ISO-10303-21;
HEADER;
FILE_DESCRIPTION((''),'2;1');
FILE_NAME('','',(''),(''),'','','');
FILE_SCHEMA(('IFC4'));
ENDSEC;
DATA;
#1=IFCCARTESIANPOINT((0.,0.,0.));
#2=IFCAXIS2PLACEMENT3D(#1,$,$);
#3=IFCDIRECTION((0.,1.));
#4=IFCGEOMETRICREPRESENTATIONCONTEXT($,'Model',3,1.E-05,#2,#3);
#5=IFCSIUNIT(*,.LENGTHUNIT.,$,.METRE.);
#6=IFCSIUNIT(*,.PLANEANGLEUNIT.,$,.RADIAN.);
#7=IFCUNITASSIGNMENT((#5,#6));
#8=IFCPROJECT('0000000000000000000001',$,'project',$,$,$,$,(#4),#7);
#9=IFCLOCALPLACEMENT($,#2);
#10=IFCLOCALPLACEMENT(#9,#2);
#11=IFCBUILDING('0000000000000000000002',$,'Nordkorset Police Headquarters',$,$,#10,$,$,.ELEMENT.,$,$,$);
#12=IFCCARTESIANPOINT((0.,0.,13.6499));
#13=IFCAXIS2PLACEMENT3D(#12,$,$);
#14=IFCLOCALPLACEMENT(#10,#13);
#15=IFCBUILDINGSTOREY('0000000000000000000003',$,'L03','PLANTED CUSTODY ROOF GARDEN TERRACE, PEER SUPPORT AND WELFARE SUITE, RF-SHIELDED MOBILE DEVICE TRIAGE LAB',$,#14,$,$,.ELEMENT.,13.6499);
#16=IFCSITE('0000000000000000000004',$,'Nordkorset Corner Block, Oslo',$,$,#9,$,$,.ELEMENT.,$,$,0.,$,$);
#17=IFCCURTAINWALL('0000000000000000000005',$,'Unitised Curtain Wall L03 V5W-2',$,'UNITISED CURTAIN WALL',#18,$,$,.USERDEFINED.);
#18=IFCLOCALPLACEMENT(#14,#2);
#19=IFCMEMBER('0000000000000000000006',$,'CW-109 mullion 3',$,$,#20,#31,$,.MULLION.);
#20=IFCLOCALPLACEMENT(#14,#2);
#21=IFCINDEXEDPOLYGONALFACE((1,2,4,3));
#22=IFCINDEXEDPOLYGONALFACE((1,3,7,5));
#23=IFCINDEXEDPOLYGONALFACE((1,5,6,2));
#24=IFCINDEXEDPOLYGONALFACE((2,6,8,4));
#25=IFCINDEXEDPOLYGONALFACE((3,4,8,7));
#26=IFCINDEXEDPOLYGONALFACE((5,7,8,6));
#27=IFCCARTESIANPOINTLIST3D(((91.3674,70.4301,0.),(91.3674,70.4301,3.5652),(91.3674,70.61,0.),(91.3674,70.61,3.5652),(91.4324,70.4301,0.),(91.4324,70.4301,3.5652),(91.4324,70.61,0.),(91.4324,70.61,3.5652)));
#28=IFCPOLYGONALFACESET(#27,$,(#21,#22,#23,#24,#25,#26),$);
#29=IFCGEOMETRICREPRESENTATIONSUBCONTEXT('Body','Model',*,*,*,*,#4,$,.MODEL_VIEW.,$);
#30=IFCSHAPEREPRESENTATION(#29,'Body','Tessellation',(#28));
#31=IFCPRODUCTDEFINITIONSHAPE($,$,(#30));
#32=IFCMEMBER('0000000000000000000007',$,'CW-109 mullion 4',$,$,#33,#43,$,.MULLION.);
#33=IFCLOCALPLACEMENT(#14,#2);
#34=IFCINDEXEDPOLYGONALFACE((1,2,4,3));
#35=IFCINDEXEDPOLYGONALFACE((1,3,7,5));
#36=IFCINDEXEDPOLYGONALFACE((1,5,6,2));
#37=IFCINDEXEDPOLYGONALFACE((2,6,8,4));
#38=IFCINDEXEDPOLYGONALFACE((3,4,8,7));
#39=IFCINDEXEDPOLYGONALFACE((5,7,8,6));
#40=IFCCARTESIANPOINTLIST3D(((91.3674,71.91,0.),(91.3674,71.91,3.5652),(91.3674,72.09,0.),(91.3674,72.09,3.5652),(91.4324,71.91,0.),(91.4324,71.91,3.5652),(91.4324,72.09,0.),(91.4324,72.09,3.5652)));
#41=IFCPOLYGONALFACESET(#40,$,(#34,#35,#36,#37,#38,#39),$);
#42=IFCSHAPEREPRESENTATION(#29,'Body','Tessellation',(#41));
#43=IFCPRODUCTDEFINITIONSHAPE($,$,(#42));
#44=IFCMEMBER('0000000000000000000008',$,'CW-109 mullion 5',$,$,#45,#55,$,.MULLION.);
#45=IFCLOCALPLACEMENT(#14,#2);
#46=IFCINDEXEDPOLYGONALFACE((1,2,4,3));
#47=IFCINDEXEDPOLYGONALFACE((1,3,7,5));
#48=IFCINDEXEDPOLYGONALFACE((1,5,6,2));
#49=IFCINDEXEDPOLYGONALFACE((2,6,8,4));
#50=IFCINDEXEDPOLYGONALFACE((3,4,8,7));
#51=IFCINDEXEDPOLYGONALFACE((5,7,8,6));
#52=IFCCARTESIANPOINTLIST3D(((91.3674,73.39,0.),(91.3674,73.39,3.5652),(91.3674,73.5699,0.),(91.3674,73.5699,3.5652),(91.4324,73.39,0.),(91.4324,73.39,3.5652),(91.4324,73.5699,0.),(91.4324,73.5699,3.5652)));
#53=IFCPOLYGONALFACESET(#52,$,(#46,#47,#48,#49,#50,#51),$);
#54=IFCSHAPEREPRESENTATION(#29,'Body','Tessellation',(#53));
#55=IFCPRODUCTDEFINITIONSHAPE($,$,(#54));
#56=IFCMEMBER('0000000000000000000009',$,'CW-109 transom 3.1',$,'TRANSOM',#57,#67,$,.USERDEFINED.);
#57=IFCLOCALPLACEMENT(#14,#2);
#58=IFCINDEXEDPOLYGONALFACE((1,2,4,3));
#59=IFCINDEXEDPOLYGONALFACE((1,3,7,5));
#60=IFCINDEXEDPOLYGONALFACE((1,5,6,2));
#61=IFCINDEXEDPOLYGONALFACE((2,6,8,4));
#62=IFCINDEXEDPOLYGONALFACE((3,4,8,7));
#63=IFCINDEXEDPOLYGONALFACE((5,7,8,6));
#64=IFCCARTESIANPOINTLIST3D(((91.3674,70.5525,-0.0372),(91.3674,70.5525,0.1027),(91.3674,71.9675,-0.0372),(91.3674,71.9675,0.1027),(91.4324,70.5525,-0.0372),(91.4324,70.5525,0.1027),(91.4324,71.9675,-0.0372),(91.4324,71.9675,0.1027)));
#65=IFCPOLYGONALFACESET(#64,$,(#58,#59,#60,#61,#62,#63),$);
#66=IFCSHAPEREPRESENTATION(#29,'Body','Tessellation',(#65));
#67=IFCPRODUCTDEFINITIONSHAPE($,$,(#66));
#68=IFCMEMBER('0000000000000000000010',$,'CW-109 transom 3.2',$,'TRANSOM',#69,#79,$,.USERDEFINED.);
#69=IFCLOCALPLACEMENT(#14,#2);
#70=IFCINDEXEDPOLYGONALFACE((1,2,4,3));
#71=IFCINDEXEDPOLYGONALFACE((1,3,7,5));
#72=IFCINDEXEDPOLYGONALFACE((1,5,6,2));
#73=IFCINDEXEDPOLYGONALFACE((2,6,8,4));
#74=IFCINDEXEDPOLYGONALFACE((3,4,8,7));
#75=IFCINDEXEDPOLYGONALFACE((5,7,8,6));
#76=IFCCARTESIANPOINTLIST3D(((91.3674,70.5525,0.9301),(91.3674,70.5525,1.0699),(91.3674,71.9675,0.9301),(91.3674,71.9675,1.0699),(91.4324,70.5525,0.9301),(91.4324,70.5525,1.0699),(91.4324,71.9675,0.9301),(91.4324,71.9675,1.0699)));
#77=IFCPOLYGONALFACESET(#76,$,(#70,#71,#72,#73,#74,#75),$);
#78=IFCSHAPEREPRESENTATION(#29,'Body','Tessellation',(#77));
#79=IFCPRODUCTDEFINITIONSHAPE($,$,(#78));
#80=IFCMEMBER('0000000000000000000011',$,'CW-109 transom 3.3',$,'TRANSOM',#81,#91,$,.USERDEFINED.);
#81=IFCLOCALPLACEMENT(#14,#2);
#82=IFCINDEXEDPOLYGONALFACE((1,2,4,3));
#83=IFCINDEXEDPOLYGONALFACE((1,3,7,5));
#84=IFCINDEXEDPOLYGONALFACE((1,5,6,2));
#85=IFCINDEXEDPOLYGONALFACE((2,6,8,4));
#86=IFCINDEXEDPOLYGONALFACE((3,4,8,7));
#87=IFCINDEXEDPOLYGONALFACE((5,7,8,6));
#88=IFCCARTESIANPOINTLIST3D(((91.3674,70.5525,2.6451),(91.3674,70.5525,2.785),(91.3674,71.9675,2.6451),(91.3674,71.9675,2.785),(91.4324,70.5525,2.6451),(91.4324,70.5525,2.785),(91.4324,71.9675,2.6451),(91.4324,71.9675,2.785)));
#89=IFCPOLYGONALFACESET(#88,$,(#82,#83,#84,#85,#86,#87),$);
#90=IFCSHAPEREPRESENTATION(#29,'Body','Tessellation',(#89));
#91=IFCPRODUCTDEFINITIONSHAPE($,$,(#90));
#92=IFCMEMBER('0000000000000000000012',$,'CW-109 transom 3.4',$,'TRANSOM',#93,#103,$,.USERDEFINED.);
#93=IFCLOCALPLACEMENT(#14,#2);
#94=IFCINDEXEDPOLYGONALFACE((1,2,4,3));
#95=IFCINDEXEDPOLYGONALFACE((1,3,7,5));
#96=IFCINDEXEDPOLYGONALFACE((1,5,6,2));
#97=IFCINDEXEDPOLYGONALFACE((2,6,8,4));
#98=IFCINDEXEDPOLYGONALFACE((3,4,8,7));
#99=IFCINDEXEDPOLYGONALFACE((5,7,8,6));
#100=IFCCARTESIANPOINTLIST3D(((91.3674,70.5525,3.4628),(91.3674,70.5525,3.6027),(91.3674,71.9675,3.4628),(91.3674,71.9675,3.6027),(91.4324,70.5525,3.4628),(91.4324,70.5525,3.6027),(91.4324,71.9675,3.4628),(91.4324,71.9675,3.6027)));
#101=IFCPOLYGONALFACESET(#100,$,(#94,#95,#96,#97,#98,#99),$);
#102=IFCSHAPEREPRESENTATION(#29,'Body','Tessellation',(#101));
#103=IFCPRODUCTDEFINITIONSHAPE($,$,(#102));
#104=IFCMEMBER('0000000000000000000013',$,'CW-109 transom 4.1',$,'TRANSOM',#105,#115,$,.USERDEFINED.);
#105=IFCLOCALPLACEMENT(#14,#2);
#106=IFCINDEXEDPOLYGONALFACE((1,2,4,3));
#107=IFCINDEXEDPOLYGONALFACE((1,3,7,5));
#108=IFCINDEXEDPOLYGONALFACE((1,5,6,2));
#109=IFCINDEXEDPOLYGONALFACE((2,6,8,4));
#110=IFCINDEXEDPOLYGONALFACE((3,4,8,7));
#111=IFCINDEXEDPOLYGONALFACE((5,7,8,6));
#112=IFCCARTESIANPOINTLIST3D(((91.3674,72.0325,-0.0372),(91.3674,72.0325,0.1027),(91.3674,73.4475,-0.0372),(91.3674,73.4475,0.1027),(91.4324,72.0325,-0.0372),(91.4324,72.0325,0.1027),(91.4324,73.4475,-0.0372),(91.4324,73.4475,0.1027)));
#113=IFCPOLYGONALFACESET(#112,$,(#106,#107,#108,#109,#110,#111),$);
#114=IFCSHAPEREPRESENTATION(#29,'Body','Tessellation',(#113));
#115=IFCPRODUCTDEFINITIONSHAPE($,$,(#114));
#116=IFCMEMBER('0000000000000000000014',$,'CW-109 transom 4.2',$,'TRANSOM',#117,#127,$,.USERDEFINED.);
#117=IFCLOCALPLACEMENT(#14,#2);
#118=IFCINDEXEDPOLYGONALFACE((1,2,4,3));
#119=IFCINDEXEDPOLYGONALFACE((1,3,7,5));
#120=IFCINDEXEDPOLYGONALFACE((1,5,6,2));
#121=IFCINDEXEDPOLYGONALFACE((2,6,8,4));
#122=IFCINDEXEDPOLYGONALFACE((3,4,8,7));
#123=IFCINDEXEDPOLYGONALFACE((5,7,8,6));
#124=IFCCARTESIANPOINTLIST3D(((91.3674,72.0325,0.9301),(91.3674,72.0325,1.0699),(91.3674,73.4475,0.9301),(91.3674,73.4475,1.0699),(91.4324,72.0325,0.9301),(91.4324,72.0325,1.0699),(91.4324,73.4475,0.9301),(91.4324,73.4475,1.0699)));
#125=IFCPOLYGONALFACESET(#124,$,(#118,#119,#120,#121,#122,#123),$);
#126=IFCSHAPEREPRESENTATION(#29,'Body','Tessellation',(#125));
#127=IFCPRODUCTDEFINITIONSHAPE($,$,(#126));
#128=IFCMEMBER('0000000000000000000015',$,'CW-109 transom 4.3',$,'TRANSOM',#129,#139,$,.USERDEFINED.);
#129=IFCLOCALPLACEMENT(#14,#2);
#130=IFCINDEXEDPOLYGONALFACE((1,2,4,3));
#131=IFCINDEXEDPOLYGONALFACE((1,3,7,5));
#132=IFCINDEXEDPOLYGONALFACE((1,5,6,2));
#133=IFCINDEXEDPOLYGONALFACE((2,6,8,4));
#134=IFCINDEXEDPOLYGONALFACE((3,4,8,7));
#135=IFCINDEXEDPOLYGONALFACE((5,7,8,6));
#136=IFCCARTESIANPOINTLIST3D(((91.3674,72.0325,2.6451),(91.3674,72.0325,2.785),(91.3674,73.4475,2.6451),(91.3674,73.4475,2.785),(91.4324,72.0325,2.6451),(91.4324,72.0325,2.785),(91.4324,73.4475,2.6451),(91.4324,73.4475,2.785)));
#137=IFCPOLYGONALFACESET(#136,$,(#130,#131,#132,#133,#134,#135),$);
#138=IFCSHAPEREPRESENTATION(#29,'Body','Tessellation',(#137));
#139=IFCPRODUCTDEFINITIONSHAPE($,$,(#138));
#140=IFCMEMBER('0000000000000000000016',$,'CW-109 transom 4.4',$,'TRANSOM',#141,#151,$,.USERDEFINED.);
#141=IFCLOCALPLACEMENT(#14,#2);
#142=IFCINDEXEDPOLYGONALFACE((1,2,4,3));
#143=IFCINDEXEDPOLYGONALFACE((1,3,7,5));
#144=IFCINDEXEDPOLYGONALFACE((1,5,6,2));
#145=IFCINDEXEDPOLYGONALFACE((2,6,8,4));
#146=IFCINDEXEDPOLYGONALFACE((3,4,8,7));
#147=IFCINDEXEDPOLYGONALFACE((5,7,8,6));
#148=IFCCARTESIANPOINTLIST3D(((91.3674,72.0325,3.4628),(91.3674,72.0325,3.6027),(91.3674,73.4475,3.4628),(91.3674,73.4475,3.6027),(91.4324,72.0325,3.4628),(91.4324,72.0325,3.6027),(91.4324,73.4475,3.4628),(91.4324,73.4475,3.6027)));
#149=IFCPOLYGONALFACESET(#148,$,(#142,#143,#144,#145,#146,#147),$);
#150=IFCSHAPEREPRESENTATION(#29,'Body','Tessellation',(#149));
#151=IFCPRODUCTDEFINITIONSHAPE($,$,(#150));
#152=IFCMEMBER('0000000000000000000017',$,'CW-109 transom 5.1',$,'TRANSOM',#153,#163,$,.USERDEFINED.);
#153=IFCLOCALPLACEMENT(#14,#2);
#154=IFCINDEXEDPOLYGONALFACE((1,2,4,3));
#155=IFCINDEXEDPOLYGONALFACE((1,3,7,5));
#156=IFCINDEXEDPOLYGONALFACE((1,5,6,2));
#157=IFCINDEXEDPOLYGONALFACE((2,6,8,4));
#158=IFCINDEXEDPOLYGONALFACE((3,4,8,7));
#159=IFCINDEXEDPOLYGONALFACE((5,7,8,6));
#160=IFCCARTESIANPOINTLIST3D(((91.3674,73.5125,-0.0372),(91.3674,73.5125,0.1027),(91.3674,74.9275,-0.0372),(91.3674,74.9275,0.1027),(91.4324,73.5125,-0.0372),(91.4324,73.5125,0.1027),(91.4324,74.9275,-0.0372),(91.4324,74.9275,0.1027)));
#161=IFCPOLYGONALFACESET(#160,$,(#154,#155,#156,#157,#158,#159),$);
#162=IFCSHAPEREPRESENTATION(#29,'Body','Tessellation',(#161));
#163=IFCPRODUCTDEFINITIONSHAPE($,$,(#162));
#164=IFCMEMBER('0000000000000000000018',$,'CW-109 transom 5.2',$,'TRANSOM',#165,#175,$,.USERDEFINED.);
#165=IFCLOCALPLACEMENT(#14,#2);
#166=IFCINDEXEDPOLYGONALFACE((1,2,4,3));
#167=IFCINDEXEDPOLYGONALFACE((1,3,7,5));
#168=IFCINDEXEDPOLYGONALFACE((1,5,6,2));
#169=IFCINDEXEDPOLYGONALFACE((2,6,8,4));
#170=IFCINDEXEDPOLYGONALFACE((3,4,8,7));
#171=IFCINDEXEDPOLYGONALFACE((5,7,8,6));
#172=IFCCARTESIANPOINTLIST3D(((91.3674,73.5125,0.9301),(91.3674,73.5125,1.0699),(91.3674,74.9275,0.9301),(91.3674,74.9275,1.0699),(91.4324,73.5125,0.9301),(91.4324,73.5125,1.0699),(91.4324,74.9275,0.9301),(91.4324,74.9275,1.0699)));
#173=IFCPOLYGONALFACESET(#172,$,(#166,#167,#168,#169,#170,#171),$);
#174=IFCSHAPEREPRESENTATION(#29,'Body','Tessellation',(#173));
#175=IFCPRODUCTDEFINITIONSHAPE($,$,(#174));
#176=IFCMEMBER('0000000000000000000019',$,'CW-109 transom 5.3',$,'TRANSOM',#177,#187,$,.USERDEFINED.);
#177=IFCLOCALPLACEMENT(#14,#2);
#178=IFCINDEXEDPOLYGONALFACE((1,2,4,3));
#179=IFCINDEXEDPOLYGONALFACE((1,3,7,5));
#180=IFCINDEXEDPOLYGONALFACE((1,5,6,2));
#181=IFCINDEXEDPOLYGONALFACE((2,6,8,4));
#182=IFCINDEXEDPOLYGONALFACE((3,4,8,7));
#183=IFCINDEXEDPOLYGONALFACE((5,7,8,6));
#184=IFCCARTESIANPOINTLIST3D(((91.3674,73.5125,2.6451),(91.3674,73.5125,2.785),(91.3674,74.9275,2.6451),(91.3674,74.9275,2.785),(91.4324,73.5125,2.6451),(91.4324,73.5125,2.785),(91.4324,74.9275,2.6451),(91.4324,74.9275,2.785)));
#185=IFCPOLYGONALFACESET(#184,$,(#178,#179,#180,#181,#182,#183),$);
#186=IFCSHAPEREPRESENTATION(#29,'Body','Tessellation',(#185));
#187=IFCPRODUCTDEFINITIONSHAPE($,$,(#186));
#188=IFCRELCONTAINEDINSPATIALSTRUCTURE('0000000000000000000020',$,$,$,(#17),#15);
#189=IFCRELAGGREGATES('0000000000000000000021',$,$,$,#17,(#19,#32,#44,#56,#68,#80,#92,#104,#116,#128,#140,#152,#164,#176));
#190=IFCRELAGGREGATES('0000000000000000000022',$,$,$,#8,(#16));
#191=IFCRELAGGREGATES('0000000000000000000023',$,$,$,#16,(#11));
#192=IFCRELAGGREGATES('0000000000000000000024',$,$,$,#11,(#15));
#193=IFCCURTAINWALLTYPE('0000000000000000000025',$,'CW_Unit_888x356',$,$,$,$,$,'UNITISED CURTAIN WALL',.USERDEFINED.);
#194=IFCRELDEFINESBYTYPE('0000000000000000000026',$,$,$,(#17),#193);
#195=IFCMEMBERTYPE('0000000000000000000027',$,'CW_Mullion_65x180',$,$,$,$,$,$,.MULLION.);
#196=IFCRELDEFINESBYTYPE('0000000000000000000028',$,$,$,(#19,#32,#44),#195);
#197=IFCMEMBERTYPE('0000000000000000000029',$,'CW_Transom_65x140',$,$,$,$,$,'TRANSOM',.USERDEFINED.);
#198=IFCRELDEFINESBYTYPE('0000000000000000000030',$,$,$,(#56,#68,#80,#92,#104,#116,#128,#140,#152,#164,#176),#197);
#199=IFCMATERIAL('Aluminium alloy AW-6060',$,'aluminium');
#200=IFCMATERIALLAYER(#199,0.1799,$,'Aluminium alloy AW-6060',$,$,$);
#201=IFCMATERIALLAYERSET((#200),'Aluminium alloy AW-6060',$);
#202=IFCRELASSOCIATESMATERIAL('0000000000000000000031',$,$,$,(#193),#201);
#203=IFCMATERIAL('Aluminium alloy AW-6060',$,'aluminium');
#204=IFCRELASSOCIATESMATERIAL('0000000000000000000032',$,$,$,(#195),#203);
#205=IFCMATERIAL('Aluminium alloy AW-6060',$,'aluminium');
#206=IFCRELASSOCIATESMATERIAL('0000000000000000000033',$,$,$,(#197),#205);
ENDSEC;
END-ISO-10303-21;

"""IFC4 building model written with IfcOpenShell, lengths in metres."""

from ifc_helpers import new_model, si_unit, direction, frame, origin, origin_2d, place, context, subcontext, project, spatial, rectangle, extrude, material, layer, layer_set, material_profile, profile_set, type_object, element, aggregate, save


model = new_model("IFC4")

# Units and contexts
model_context = context("Model", 3, precision=1e-05, world=origin(), true_north=direction((0.0, 1.0)))
body_context = subcontext(model_context, "Body", "Model", "MODEL_VIEW")
ifc_project = project(units=[si_unit("LENGTHUNIT", "METRE"), si_unit("PLANEANGLEUNIT", "RADIAN")], contexts=[model_context])

# Site, building, storey
site_placement = place(None, origin())
site = spatial("IfcSite", under=ifc_project, at=site_placement, Name="Nordkorset Corner Block, Oslo", CompositionType="ELEMENT", RefElevation=0.0)
building_placement = place(site_placement, origin())
building = spatial("IfcBuilding", under=site, at=building_placement, Name="Nordkorset Police Headquarters", CompositionType="ELEMENT")
storey_placement = place(building_placement, frame((0.0, 0.0, 13.6499)))
storey = spatial("IfcBuildingStorey", under=building, at=storey_placement, Name="L03", Description="PLANTED CUSTODY ROOF GARDEN TERRACE, PEER SUPPORT AND WELFARE SUITE, RF-SHIELDED MOBILE DEVICE TRIAGE LAB", CompositionType="ELEMENT", Elevation=13.6499)

# Curtain wall, members
ifc_material_1 = material(Name="Aluminium alloy AW-6060", Category="aluminium")
ifc_layer_1 = layer(ifc_material_1, 0.1799, Name="Aluminium alloy AW-6060")
ifc_layer_set_1 = layer_set([ifc_layer_1], Name="Aluminium alloy AW-6060")
curtain_wall_type = type_object("IfcCurtainWallType", Name="CW_Unit_888x356", ElementType="UNITISED CURTAIN WALL", PredefinedType="USERDEFINED", material=ifc_layer_set_1)
curtain_wall_placement = place(storey_placement, origin())
curtain_wall = element("IfcCurtainWall", 1, at=curtain_wall_placement, inside=storey, type_object=curtain_wall_type, Name="Unitised Curtain Wall L03 V5W-2", ObjectType="UNITISED CURTAIN WALL", PredefinedType="USERDEFINED")
ifc_material_2 = material(Name="Aluminium alloy AW-6060", Category="aluminium")
ifc_material_profile_1 = material_profile(ifc_material_2, rectangle(XDim=0.0649, YDim=0.1799, at=origin_2d()), Name="ALU MULL 65x180")
ifc_profile_set_1 = profile_set([ifc_material_profile_1], Name="Aluminium alloy AW-6060")
member_type_1 = type_object("IfcMemberType", Name="CW_Mullion_65x180", PredefinedType="MULLION", material=ifc_profile_set_1)
member_1_placement = place(storey_placement, frame((91.3999, 70.52, 0.0), z_axis=(0.0, 0.0, 1.0), x_axis=(-1.0, 0.0, 0.0)))
member_1 = element("IfcMember", 2, at=member_1_placement, type_object=member_type_1, Name="CW-109 mullion 3", PredefinedType="MULLION", context=body_context, shape_type="SweptSolid", body=[
    extrude(rectangle(XDim=0.0649, YDim=0.1799, at=origin_2d()), origin(), (0.0, 0.0, 1.0), 3.5652),
])
member_2_placement = place(storey_placement, frame((91.3999, 72.0, 0.0), z_axis=(0.0, 0.0, 1.0), x_axis=(-1.0, 0.0, 0.0)))
member_2 = element("IfcMember", 3, at=member_2_placement, type_object=member_type_1, Name="CW-109 mullion 4", PredefinedType="MULLION", context=body_context, shape_type="SweptSolid", body=[
    extrude(rectangle(XDim=0.0649, YDim=0.1799, at=origin_2d()), origin(), (0.0, 0.0, 1.0), 3.5652),
])
member_3_placement = place(storey_placement, frame((91.3999, 73.48, 0.0), z_axis=(0.0, 0.0, 1.0), x_axis=(-1.0, 0.0, 0.0)))
member_3 = element("IfcMember", 4, at=member_3_placement, type_object=member_type_1, Name="CW-109 mullion 5", PredefinedType="MULLION", context=body_context, shape_type="SweptSolid", body=[
    extrude(rectangle(XDim=0.0649, YDim=0.1799, at=origin_2d()), origin(), (0.0, 0.0, 1.0), 3.5652),
])
ifc_material_3 = material(Name="Aluminium alloy AW-6060", Category="aluminium")
ifc_material_profile_2 = material_profile(ifc_material_3, rectangle(XDim=0.0649, YDim=0.1399, at=origin_2d()), Name="ALU TRAN 65x140")
ifc_profile_set_2 = profile_set([ifc_material_profile_2], Name="Aluminium alloy AW-6060")
member_type_2 = type_object("IfcMemberType", Name="CW_Transom_65x140", ElementType="TRANSOM", PredefinedType="USERDEFINED", material=ifc_profile_set_2)
member_4_placement = place(storey_placement, frame((91.3999, 70.5525, 0.0327), z_axis=(0.0, 1.0, 0.0), x_axis=(-1.0, 0.0, 0.0)))
member_4 = element("IfcMember", 5, at=member_4_placement, type_object=member_type_2, Name="CW-109 transom 3.1", ObjectType="TRANSOM", PredefinedType="USERDEFINED", context=body_context, shape_type="SweptSolid", body=[
    extrude(rectangle(XDim=0.0649, YDim=0.1399, at=origin_2d()), origin(), (0.0, 0.0, 1.0), 1.415),
])
member_5_placement = place(storey_placement, frame((91.3999, 70.5525, 1.0), z_axis=(0.0, 1.0, 0.0), x_axis=(-1.0, 0.0, 0.0)))
member_5 = element("IfcMember", 6, at=member_5_placement, type_object=member_type_2, Name="CW-109 transom 3.2", ObjectType="TRANSOM", PredefinedType="USERDEFINED", context=body_context, shape_type="SweptSolid", body=[
    extrude(rectangle(XDim=0.0649, YDim=0.1399, at=origin_2d()), origin(), (0.0, 0.0, 1.0), 1.415),
])
member_6_placement = place(storey_placement, frame((91.3999, 70.5525, 2.7151), z_axis=(0.0, 1.0, 0.0), x_axis=(-1.0, 0.0, 0.0)))
member_6 = element("IfcMember", 7, at=member_6_placement, type_object=member_type_2, Name="CW-109 transom 3.3", ObjectType="TRANSOM", PredefinedType="USERDEFINED", context=body_context, shape_type="SweptSolid", body=[
    extrude(rectangle(XDim=0.0649, YDim=0.1399, at=origin_2d()), origin(), (0.0, 0.0, 1.0), 1.415),
])
member_7_placement = place(storey_placement, frame((91.3999, 70.5525, 3.5327), z_axis=(0.0, 1.0, 0.0), x_axis=(-1.0, 0.0, 0.0)))
member_7 = element("IfcMember", 8, at=member_7_placement, type_object=member_type_2, Name="CW-109 transom 3.4", ObjectType="TRANSOM", PredefinedType="USERDEFINED", context=body_context, shape_type="SweptSolid", body=[
    extrude(rectangle(XDim=0.0649, YDim=0.1399, at=origin_2d()), origin(), (0.0, 0.0, 1.0), 1.415),
])
member_8_placement = place(storey_placement, frame((91.3999, 72.0325, 0.0327), z_axis=(0.0, 1.0, 0.0), x_axis=(-1.0, 0.0, 0.0)))
member_8 = element("IfcMember", 9, at=member_8_placement, type_object=member_type_2, Name="CW-109 transom 4.1", ObjectType="TRANSOM", PredefinedType="USERDEFINED", context=body_context, shape_type="SweptSolid", body=[
    extrude(rectangle(XDim=0.0649, YDim=0.1399, at=origin_2d()), origin(), (0.0, 0.0, 1.0), 1.415),
])
member_9_placement = place(storey_placement, frame((91.3999, 72.0325, 1.0), z_axis=(0.0, 1.0, 0.0), x_axis=(-1.0, 0.0, 0.0)))
member_9 = element("IfcMember", 10, at=member_9_placement, type_object=member_type_2, Name="CW-109 transom 4.2", ObjectType="TRANSOM", PredefinedType="USERDEFINED", context=body_context, shape_type="SweptSolid", body=[
    extrude(rectangle(XDim=0.0649, YDim=0.1399, at=origin_2d()), origin(), (0.0, 0.0, 1.0), 1.415),
])
member_10_placement = place(storey_placement, frame((91.3999, 72.0325, 2.7151), z_axis=(0.0, 1.0, 0.0), x_axis=(-1.0, 0.0, 0.0)))
member_10 = element("IfcMember", 11, at=member_10_placement, type_object=member_type_2, Name="CW-109 transom 4.3", ObjectType="TRANSOM", PredefinedType="USERDEFINED", context=body_context, shape_type="SweptSolid", body=[
    extrude(rectangle(XDim=0.0649, YDim=0.1399, at=origin_2d()), origin(), (0.0, 0.0, 1.0), 1.415),
])
member_11_placement = place(storey_placement, frame((91.3999, 72.0325, 3.5327), z_axis=(0.0, 1.0, 0.0), x_axis=(-1.0, 0.0, 0.0)))
member_11 = element("IfcMember", 12, at=member_11_placement, type_object=member_type_2, Name="CW-109 transom 4.4", ObjectType="TRANSOM", PredefinedType="USERDEFINED", context=body_context, shape_type="SweptSolid", body=[
    extrude(rectangle(XDim=0.0649, YDim=0.1399, at=origin_2d()), origin(), (0.0, 0.0, 1.0), 1.415),
])
member_12_placement = place(storey_placement, frame((91.3999, 73.5125, 0.0327), z_axis=(0.0, 1.0, 0.0), x_axis=(-1.0, 0.0, 0.0)))
member_12 = element("IfcMember", 13, at=member_12_placement, type_object=member_type_2, Name="CW-109 transom 5.1", ObjectType="TRANSOM", PredefinedType="USERDEFINED", context=body_context, shape_type="SweptSolid", body=[
    extrude(rectangle(XDim=0.0649, YDim=0.1399, at=origin_2d()), origin(), (0.0, 0.0, 1.0), 1.415),
])
member_13_placement = place(storey_placement, frame((91.3999, 73.5125, 1.0), z_axis=(0.0, 1.0, 0.0), x_axis=(-1.0, 0.0, 0.0)))
member_13 = element("IfcMember", 14, at=member_13_placement, type_object=member_type_2, Name="CW-109 transom 5.2", ObjectType="TRANSOM", PredefinedType="USERDEFINED", context=body_context, shape_type="SweptSolid", body=[
    extrude(rectangle(XDim=0.0649, YDim=0.1399, at=origin_2d()), origin(), (0.0, 0.0, 1.0), 1.415),
])
member_14_placement = place(storey_placement, frame((91.3999, 73.5125, 2.7151), z_axis=(0.0, 1.0, 0.0), x_axis=(-1.0, 0.0, 0.0)))
member_14 = element("IfcMember", 15, at=member_14_placement, type_object=member_type_2, Name="CW-109 transom 5.3", ObjectType="TRANSOM", PredefinedType="USERDEFINED", context=body_context, shape_type="SweptSolid", body=[
    extrude(rectangle(XDim=0.0649, YDim=0.1399, at=origin_2d()), origin(), (0.0, 0.0, 1.0), 1.415),
])
aggregate(curtain_wall, [member_1, member_2, member_3, member_4, member_5, member_6, member_7, member_8, member_9, member_10, member_11, member_12, member_13, member_14])

save(model, "model.ifc")
